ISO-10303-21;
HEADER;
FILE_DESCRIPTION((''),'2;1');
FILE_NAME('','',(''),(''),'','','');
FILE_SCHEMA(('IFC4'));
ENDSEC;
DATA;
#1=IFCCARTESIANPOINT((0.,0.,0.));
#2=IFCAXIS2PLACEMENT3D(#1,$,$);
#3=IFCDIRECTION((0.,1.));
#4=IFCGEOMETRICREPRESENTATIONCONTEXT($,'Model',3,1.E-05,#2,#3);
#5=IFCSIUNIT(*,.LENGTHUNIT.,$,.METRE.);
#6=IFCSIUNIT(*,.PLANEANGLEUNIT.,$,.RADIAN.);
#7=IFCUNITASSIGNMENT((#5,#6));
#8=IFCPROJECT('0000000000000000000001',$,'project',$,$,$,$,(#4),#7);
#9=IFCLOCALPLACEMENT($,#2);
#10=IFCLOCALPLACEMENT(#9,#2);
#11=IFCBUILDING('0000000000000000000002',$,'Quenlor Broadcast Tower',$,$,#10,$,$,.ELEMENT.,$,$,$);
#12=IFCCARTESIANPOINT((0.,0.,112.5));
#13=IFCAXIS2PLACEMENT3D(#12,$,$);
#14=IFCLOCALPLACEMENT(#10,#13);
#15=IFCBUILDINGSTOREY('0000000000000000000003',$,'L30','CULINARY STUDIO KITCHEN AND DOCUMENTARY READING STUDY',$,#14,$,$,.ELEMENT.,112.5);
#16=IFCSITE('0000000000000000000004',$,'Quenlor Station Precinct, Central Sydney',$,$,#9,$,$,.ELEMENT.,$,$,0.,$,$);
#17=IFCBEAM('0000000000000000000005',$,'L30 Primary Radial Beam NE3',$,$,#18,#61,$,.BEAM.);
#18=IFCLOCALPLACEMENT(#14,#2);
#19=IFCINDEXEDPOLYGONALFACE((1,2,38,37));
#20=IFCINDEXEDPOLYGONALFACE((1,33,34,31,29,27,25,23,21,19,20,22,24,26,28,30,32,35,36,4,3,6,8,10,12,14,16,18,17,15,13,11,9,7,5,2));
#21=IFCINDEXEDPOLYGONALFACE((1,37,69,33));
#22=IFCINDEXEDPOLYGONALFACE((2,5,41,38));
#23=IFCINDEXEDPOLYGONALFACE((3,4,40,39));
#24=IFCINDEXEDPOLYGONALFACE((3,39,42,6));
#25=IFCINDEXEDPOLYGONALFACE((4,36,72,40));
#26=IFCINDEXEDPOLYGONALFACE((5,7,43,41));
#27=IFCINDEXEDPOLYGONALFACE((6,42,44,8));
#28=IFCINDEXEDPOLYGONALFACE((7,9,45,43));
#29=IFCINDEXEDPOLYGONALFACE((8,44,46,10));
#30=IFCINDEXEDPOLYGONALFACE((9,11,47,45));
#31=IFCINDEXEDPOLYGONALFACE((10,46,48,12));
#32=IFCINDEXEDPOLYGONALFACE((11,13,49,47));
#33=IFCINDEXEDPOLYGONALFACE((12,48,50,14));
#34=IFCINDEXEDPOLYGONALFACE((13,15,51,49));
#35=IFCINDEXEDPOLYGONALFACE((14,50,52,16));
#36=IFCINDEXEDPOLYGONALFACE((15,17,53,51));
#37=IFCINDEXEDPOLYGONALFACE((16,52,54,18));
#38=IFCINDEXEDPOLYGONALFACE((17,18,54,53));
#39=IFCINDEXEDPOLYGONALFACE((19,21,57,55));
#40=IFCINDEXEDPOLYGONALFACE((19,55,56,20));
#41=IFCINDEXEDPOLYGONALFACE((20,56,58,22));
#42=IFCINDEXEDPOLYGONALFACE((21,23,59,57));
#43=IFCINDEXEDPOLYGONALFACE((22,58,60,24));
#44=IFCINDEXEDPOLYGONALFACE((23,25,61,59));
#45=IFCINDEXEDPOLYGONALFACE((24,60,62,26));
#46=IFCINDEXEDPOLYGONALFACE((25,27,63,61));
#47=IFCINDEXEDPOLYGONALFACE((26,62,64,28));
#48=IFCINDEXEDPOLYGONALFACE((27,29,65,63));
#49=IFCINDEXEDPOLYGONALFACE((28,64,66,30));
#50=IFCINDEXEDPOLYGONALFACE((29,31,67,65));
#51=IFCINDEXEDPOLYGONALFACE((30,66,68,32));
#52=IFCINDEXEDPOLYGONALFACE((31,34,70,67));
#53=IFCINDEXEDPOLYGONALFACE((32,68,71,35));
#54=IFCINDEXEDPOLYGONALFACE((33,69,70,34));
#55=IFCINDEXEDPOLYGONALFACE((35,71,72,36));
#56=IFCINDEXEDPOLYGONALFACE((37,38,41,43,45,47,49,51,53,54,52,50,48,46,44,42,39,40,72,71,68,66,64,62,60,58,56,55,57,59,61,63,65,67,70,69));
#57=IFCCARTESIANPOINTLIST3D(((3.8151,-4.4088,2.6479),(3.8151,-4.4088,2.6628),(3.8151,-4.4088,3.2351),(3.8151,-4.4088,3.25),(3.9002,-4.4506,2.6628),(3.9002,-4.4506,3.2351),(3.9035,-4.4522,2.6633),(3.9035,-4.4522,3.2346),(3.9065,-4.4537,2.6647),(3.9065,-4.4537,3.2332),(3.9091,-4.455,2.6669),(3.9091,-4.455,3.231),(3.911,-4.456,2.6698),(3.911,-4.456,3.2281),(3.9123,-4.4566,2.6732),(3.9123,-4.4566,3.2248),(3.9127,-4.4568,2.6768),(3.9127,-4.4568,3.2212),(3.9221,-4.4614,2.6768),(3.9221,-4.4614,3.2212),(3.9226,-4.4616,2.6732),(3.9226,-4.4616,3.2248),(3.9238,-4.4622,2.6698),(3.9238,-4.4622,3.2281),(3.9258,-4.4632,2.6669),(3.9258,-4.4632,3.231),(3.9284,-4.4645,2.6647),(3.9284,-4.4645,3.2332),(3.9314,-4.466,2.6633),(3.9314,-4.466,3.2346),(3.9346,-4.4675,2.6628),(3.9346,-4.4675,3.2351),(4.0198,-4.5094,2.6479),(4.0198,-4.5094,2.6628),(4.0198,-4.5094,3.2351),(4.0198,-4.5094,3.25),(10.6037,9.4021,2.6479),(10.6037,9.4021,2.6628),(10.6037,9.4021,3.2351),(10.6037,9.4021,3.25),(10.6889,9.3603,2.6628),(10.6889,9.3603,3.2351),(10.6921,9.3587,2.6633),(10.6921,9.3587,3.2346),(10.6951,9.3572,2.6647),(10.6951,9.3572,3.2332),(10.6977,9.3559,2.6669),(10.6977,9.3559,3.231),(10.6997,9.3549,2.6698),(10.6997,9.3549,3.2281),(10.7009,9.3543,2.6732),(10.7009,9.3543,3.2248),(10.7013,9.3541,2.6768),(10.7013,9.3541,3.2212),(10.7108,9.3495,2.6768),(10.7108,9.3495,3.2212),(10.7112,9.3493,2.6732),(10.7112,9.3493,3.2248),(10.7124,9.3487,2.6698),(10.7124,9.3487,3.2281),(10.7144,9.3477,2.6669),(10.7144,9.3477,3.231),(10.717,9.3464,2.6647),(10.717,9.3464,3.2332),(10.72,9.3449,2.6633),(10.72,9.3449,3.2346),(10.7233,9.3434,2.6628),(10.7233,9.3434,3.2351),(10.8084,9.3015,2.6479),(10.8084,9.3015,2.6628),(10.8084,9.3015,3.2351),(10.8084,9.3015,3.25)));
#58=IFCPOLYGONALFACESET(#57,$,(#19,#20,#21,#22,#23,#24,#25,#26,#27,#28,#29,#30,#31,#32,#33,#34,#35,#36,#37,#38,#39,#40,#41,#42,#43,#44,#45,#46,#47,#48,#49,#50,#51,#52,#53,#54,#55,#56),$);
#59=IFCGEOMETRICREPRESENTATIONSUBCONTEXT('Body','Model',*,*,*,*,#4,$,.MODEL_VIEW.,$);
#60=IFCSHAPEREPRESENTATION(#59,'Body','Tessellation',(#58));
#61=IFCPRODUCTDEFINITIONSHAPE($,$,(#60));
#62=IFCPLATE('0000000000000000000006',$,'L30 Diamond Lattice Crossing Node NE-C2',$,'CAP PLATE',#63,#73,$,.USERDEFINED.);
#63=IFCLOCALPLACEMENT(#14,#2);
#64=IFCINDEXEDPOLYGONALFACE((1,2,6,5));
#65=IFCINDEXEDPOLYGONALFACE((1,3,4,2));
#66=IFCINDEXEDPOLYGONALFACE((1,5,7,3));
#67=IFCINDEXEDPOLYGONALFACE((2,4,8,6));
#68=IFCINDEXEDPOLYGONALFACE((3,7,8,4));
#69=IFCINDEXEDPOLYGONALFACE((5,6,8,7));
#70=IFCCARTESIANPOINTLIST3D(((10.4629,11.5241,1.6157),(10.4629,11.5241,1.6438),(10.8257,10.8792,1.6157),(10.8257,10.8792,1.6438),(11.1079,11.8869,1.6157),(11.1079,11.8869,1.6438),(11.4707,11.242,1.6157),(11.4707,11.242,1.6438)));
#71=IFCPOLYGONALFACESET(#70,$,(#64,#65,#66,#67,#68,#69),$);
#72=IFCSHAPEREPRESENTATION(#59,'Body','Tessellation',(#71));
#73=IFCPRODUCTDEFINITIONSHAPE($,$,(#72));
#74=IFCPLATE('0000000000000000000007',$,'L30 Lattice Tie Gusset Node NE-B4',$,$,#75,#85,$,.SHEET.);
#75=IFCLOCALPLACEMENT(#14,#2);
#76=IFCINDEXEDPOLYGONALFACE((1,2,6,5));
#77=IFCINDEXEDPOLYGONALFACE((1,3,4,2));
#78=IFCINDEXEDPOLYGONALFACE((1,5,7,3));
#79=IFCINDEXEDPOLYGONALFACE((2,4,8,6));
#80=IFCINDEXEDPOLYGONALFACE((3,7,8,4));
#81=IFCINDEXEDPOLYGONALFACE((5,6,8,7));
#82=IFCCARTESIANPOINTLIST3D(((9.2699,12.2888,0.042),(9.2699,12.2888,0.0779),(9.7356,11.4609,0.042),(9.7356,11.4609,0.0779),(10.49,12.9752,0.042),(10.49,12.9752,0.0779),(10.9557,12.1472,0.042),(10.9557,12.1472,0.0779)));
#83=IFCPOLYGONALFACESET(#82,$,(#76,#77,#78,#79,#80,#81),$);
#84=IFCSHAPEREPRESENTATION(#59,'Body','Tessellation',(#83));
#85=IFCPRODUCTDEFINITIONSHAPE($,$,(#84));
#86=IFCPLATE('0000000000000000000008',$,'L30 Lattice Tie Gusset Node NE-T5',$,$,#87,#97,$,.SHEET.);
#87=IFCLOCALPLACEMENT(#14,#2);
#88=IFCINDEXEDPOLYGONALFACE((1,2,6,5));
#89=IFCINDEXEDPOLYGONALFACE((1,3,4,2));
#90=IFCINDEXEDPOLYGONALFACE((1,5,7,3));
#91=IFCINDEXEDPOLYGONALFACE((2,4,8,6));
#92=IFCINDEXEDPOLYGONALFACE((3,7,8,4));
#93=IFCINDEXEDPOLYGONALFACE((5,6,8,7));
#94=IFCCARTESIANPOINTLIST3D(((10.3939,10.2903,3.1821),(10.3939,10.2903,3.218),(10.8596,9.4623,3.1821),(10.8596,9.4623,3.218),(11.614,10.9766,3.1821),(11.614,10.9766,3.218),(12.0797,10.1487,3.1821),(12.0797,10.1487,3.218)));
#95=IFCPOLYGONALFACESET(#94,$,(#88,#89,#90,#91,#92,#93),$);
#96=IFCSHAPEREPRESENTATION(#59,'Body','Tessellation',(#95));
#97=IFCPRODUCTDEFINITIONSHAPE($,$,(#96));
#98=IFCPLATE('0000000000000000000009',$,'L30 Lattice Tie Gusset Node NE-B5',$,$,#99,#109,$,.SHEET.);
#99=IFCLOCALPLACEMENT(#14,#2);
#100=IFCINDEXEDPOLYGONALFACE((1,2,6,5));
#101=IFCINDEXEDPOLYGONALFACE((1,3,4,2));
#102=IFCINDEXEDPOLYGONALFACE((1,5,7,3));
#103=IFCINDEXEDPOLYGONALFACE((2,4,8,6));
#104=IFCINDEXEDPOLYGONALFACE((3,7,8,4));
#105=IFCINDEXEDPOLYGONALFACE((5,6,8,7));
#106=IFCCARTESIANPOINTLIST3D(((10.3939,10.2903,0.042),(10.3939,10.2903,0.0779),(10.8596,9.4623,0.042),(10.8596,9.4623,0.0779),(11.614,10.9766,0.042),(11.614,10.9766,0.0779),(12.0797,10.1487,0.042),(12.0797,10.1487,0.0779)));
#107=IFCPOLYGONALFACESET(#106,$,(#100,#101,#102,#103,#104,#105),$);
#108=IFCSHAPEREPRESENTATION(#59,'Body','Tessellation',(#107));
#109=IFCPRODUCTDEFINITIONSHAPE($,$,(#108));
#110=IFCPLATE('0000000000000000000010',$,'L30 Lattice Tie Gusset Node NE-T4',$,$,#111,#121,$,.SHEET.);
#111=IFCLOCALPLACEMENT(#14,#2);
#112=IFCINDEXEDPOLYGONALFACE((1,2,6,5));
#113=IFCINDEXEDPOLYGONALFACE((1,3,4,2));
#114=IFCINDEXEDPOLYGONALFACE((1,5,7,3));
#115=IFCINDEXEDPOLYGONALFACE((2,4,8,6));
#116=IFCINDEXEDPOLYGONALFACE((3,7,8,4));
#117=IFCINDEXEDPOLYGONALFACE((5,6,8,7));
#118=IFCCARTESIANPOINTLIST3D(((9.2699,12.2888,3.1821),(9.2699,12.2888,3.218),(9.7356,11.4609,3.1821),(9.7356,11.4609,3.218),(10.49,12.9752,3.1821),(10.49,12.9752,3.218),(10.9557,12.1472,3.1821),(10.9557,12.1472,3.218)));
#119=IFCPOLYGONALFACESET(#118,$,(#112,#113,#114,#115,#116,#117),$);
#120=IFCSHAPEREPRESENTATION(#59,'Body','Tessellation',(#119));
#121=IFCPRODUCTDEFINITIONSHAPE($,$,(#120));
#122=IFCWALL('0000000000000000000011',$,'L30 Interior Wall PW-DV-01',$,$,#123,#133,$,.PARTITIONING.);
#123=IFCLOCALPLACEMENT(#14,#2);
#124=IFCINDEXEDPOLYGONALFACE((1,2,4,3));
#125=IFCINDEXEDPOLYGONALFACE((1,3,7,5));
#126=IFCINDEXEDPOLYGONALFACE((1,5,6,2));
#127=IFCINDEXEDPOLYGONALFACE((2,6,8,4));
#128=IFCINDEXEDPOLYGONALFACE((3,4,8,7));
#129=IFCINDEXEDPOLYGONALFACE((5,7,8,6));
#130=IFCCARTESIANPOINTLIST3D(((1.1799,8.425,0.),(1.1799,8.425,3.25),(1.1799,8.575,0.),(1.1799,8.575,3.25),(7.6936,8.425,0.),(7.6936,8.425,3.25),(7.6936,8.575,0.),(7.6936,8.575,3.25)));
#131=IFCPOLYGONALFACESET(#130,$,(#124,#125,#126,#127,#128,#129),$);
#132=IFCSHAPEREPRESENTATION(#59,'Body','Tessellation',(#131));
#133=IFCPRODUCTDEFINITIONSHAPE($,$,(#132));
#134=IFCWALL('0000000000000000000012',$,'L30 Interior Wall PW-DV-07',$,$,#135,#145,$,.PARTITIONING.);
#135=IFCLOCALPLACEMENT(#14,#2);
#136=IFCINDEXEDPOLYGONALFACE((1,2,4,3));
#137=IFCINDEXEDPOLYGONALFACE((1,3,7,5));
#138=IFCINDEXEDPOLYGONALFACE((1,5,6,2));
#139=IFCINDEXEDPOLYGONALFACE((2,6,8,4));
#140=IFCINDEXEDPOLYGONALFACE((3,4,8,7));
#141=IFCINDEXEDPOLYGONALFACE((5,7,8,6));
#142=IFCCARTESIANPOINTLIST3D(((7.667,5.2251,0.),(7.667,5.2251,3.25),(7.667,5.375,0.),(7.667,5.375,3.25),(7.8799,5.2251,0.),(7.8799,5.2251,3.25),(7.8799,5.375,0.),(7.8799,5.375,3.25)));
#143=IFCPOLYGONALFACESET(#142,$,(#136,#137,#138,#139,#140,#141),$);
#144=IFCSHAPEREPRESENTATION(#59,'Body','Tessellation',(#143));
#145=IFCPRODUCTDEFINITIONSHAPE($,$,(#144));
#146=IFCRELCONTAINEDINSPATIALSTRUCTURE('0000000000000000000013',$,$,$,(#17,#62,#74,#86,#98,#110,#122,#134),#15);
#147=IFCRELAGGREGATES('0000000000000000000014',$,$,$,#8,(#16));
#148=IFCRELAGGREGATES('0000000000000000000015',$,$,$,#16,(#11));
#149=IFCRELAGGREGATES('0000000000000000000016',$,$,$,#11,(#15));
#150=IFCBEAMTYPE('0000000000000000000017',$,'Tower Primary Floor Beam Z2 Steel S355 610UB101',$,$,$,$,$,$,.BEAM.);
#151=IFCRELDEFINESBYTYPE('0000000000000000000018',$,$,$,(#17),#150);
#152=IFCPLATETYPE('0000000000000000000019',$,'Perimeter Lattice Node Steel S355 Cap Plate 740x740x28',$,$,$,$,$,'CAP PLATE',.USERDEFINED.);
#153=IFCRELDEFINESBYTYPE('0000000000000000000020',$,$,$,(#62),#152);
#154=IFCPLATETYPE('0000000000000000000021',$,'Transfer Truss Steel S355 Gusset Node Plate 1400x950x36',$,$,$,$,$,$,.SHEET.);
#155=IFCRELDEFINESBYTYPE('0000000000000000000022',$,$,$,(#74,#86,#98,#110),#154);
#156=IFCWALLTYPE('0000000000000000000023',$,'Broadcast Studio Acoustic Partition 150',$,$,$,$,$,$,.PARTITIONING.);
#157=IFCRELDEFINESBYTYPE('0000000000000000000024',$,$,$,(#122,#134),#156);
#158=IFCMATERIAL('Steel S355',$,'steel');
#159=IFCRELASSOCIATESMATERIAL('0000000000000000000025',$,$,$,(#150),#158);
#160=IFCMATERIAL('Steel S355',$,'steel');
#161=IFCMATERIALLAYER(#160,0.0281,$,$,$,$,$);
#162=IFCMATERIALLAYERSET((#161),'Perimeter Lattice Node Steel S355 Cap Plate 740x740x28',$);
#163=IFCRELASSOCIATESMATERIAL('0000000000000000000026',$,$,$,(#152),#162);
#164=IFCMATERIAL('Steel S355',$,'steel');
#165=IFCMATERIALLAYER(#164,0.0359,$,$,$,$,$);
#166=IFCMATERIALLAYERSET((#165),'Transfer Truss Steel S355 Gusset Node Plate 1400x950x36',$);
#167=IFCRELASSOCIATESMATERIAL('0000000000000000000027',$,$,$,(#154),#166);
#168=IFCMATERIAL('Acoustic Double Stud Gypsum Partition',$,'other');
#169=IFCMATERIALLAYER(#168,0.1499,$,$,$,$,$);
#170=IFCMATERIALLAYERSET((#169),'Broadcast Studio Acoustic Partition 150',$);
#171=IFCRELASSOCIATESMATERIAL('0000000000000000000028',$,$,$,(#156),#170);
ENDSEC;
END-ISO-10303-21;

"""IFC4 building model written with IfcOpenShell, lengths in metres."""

from ifc_helpers import new_model, si_unit, direction, frame, frame_2d, origin, origin_2d, place, context, subcontext, project, spatial, rectangle, i_section, extrude, material, layer, layer_set, material_profile, profile_set, type_object, element, save


model = new_model("IFC4")

# Units and contexts
model_context = context("Model", 3, precision=1e-05, world=origin(), true_north=direction((0.0, 1.0)))
body_context = subcontext(model_context, "Body", "Model", "MODEL_VIEW")
ifc_project = project(units=[si_unit("LENGTHUNIT", "METRE"), si_unit("PLANEANGLEUNIT", "RADIAN")], contexts=[model_context])

# Site, building, storey
site_placement = place(None, origin())
site = spatial("IfcSite", under=ifc_project, at=site_placement, Name="Quenlor Station Precinct, Central Sydney", CompositionType="ELEMENT", RefElevation=0.0)
building_placement = place(site_placement, origin())
building = spatial("IfcBuilding", under=site, at=building_placement, Name="Quenlor Broadcast Tower", CompositionType="ELEMENT")
storey_placement = place(building_placement, frame((0.0, 0.0, 112.5)))
storey = spatial("IfcBuildingStorey", under=building, at=storey_placement, Name="L30", Description="CULINARY STUDIO KITCHEN AND DOCUMENTARY READING STUDY", CompositionType="ELEMENT", Elevation=112.5)

# Beam
ifc_material_1 = material(Name="Steel S355", Category="steel")
ifc_material_profile_1 = material_profile(ifc_material_1, i_section(OverallWidth=0.228, OverallDepth=0.6021, WebThickness=0.0105, FlangeThickness=0.0149, FilletRadius=0.0139, at=origin_2d()))
ifc_profile_set_1 = profile_set([ifc_material_profile_1], Name="Steel S355 610UB101")
beam_type_1 = type_object("IfcBeamType", Name="Tower Primary Floor Beam Z2 Steel S355 610UB101", PredefinedType="BEAM", material=ifc_profile_set_1)
beam_1_placement = place(storey_placement, frame((10.7061, 9.3518, 2.949), z_axis=(-0.44113, -0.897443, 0.0), x_axis=(0.897443, -0.44113, 0.0)))
element("IfcBeam", 1, at=beam_1_placement, inside=storey, type_object=beam_type_1, Name="L30 Primary Radial Beam NE3", PredefinedType="BEAM", context=body_context, shape_type="SweptSolid", body=[
    extrude(i_section(OverallWidth=0.228, OverallDepth=0.6021, WebThickness=0.0105, FlangeThickness=0.0149, FilletRadius=0.0139, at=origin_2d()), origin(), (0.0, 0.0, 1.0), 15.3892),
])

# Plates
ifc_material_2 = material(Name="Steel S355", Category="steel")
ifc_layer_1 = layer(ifc_material_2, 0.0281)
ifc_layer_set_1 = layer_set([ifc_layer_1], Name="Perimeter Lattice Node Steel S355 Cap Plate 740x740x28")
plate_type_1 = type_object("IfcPlateType", Name="Perimeter Lattice Node Steel S355 Cap Plate 740x740x28", ElementType="CAP PLATE", PredefinedType="USERDEFINED", material=ifc_layer_set_1)
plate_placement = place(storey_placement, frame((10.9668, 11.3831, 1.6157), z_axis=(0.0, 0.0, 1.0), x_axis=(0.490295, -0.871556, 0.0)))
element("IfcPlate", 2, at=plate_placement, inside=storey, type_object=plate_type_1, Name="L30 Diamond Lattice Crossing Node NE-C2", ObjectType="CAP PLATE", PredefinedType="USERDEFINED", context=body_context, shape_type="SweptSolid", body=[
    extrude(rectangle(XDim=0.74, YDim=0.74, at=origin_2d()), origin(), (0.0, 0.0, 1.0), 0.0281),
])
ifc_material_3 = material(Name="Steel S355", Category="steel")
ifc_layer_2 = layer(ifc_material_3, 0.0359)
ifc_layer_set_2 = layer_set([ifc_layer_2], Name="Transfer Truss Steel S355 Gusset Node Plate 1400x950x36")
plate_type_2 = type_object("IfcPlateType", Name="Transfer Truss Steel S355 Gusset Node Plate 1400x950x36", PredefinedType="SHEET", material=ifc_layer_set_2)
for number, where, z_axis, x_axis, name in (
    (3, (10.1128, 12.218, 0.042), (0.0, 0.0, 1.0), (0.871556, 0.490295, 0.0), "L30 Lattice Tie Gusset Node NE-B4"),
    (4, (11.2368, 10.2195, 3.1821), (0.0, 0.0, 1.0), (0.871556, 0.490295, 0.0), "L30 Lattice Tie Gusset Node NE-T5"),
    (5, (11.2368, 10.2195, 0.042), (0.0, 0.0, 1.0), (0.871556, 0.490295, 0.0), "L30 Lattice Tie Gusset Node NE-B5"),
    (6, (10.1128, 12.218, 3.1821), (0.0, 0.0, 1.0), (0.871556, 0.490295, 0.0), "L30 Lattice Tie Gusset Node NE-T4"),
):
    element("IfcPlate", number, at=place(storey_placement, frame(where, z_axis=z_axis, x_axis=x_axis)), inside=storey, type_object=plate_type_2, Name=name, PredefinedType="SHEET", context=body_context, shape_type="SweptSolid", body=[
        extrude(rectangle(XDim=1.3999, YDim=0.95, at=origin_2d()), origin(), (0.0, 0.0, 1.0), 0.0359),
    ])

# Walls
ifc_material_4 = material(Name="Acoustic Double Stud Gypsum Partition", Category="other")
ifc_layer_3 = layer(ifc_material_4, 0.1499)
ifc_layer_set_3 = layer_set([ifc_layer_3], Name="Broadcast Studio Acoustic Partition 150")
wall_type_1 = type_object("IfcWallType", Name="Broadcast Studio Acoustic Partition 150", PredefinedType="PARTITIONING", material=ifc_layer_set_3)
wall_1_placement = place(storey_placement, frame((7.6936, 8.5, 0.0), z_axis=(0.0, 0.0, 1.0), x_axis=(-1.0, 0.0, 0.0)))
element("IfcWall", 7, at=wall_1_placement, inside=storey, type_object=wall_type_1, Name="L30 Interior Wall PW-DV-01", PredefinedType="PARTITIONING", context=body_context, shape_type="SweptSolid", body=[
    extrude(rectangle(XDim=6.5137, YDim=0.1499, at=frame_2d((3.2568, 0.0))), origin(), (0.0, 0.0, 1.0), 3.25),
])
wall_2_placement = place(storey_placement, frame((7.8799, 5.3, 0.0), z_axis=(0.0, 0.0, 1.0), x_axis=(-1.0, 0.0, 0.0)))
element("IfcWall", 8, at=wall_2_placement, inside=storey, type_object=wall_type_1, Name="L30 Interior Wall PW-DV-07", PredefinedType="PARTITIONING", context=body_context, shape_type="SweptSolid", body=[
    extrude(rectangle(XDim=0.2129, YDim=0.1499, at=frame_2d((0.1064, 0.0))), origin(), (0.0, 0.0, 1.0), 3.25),
])

save(model, "model.ifc")
